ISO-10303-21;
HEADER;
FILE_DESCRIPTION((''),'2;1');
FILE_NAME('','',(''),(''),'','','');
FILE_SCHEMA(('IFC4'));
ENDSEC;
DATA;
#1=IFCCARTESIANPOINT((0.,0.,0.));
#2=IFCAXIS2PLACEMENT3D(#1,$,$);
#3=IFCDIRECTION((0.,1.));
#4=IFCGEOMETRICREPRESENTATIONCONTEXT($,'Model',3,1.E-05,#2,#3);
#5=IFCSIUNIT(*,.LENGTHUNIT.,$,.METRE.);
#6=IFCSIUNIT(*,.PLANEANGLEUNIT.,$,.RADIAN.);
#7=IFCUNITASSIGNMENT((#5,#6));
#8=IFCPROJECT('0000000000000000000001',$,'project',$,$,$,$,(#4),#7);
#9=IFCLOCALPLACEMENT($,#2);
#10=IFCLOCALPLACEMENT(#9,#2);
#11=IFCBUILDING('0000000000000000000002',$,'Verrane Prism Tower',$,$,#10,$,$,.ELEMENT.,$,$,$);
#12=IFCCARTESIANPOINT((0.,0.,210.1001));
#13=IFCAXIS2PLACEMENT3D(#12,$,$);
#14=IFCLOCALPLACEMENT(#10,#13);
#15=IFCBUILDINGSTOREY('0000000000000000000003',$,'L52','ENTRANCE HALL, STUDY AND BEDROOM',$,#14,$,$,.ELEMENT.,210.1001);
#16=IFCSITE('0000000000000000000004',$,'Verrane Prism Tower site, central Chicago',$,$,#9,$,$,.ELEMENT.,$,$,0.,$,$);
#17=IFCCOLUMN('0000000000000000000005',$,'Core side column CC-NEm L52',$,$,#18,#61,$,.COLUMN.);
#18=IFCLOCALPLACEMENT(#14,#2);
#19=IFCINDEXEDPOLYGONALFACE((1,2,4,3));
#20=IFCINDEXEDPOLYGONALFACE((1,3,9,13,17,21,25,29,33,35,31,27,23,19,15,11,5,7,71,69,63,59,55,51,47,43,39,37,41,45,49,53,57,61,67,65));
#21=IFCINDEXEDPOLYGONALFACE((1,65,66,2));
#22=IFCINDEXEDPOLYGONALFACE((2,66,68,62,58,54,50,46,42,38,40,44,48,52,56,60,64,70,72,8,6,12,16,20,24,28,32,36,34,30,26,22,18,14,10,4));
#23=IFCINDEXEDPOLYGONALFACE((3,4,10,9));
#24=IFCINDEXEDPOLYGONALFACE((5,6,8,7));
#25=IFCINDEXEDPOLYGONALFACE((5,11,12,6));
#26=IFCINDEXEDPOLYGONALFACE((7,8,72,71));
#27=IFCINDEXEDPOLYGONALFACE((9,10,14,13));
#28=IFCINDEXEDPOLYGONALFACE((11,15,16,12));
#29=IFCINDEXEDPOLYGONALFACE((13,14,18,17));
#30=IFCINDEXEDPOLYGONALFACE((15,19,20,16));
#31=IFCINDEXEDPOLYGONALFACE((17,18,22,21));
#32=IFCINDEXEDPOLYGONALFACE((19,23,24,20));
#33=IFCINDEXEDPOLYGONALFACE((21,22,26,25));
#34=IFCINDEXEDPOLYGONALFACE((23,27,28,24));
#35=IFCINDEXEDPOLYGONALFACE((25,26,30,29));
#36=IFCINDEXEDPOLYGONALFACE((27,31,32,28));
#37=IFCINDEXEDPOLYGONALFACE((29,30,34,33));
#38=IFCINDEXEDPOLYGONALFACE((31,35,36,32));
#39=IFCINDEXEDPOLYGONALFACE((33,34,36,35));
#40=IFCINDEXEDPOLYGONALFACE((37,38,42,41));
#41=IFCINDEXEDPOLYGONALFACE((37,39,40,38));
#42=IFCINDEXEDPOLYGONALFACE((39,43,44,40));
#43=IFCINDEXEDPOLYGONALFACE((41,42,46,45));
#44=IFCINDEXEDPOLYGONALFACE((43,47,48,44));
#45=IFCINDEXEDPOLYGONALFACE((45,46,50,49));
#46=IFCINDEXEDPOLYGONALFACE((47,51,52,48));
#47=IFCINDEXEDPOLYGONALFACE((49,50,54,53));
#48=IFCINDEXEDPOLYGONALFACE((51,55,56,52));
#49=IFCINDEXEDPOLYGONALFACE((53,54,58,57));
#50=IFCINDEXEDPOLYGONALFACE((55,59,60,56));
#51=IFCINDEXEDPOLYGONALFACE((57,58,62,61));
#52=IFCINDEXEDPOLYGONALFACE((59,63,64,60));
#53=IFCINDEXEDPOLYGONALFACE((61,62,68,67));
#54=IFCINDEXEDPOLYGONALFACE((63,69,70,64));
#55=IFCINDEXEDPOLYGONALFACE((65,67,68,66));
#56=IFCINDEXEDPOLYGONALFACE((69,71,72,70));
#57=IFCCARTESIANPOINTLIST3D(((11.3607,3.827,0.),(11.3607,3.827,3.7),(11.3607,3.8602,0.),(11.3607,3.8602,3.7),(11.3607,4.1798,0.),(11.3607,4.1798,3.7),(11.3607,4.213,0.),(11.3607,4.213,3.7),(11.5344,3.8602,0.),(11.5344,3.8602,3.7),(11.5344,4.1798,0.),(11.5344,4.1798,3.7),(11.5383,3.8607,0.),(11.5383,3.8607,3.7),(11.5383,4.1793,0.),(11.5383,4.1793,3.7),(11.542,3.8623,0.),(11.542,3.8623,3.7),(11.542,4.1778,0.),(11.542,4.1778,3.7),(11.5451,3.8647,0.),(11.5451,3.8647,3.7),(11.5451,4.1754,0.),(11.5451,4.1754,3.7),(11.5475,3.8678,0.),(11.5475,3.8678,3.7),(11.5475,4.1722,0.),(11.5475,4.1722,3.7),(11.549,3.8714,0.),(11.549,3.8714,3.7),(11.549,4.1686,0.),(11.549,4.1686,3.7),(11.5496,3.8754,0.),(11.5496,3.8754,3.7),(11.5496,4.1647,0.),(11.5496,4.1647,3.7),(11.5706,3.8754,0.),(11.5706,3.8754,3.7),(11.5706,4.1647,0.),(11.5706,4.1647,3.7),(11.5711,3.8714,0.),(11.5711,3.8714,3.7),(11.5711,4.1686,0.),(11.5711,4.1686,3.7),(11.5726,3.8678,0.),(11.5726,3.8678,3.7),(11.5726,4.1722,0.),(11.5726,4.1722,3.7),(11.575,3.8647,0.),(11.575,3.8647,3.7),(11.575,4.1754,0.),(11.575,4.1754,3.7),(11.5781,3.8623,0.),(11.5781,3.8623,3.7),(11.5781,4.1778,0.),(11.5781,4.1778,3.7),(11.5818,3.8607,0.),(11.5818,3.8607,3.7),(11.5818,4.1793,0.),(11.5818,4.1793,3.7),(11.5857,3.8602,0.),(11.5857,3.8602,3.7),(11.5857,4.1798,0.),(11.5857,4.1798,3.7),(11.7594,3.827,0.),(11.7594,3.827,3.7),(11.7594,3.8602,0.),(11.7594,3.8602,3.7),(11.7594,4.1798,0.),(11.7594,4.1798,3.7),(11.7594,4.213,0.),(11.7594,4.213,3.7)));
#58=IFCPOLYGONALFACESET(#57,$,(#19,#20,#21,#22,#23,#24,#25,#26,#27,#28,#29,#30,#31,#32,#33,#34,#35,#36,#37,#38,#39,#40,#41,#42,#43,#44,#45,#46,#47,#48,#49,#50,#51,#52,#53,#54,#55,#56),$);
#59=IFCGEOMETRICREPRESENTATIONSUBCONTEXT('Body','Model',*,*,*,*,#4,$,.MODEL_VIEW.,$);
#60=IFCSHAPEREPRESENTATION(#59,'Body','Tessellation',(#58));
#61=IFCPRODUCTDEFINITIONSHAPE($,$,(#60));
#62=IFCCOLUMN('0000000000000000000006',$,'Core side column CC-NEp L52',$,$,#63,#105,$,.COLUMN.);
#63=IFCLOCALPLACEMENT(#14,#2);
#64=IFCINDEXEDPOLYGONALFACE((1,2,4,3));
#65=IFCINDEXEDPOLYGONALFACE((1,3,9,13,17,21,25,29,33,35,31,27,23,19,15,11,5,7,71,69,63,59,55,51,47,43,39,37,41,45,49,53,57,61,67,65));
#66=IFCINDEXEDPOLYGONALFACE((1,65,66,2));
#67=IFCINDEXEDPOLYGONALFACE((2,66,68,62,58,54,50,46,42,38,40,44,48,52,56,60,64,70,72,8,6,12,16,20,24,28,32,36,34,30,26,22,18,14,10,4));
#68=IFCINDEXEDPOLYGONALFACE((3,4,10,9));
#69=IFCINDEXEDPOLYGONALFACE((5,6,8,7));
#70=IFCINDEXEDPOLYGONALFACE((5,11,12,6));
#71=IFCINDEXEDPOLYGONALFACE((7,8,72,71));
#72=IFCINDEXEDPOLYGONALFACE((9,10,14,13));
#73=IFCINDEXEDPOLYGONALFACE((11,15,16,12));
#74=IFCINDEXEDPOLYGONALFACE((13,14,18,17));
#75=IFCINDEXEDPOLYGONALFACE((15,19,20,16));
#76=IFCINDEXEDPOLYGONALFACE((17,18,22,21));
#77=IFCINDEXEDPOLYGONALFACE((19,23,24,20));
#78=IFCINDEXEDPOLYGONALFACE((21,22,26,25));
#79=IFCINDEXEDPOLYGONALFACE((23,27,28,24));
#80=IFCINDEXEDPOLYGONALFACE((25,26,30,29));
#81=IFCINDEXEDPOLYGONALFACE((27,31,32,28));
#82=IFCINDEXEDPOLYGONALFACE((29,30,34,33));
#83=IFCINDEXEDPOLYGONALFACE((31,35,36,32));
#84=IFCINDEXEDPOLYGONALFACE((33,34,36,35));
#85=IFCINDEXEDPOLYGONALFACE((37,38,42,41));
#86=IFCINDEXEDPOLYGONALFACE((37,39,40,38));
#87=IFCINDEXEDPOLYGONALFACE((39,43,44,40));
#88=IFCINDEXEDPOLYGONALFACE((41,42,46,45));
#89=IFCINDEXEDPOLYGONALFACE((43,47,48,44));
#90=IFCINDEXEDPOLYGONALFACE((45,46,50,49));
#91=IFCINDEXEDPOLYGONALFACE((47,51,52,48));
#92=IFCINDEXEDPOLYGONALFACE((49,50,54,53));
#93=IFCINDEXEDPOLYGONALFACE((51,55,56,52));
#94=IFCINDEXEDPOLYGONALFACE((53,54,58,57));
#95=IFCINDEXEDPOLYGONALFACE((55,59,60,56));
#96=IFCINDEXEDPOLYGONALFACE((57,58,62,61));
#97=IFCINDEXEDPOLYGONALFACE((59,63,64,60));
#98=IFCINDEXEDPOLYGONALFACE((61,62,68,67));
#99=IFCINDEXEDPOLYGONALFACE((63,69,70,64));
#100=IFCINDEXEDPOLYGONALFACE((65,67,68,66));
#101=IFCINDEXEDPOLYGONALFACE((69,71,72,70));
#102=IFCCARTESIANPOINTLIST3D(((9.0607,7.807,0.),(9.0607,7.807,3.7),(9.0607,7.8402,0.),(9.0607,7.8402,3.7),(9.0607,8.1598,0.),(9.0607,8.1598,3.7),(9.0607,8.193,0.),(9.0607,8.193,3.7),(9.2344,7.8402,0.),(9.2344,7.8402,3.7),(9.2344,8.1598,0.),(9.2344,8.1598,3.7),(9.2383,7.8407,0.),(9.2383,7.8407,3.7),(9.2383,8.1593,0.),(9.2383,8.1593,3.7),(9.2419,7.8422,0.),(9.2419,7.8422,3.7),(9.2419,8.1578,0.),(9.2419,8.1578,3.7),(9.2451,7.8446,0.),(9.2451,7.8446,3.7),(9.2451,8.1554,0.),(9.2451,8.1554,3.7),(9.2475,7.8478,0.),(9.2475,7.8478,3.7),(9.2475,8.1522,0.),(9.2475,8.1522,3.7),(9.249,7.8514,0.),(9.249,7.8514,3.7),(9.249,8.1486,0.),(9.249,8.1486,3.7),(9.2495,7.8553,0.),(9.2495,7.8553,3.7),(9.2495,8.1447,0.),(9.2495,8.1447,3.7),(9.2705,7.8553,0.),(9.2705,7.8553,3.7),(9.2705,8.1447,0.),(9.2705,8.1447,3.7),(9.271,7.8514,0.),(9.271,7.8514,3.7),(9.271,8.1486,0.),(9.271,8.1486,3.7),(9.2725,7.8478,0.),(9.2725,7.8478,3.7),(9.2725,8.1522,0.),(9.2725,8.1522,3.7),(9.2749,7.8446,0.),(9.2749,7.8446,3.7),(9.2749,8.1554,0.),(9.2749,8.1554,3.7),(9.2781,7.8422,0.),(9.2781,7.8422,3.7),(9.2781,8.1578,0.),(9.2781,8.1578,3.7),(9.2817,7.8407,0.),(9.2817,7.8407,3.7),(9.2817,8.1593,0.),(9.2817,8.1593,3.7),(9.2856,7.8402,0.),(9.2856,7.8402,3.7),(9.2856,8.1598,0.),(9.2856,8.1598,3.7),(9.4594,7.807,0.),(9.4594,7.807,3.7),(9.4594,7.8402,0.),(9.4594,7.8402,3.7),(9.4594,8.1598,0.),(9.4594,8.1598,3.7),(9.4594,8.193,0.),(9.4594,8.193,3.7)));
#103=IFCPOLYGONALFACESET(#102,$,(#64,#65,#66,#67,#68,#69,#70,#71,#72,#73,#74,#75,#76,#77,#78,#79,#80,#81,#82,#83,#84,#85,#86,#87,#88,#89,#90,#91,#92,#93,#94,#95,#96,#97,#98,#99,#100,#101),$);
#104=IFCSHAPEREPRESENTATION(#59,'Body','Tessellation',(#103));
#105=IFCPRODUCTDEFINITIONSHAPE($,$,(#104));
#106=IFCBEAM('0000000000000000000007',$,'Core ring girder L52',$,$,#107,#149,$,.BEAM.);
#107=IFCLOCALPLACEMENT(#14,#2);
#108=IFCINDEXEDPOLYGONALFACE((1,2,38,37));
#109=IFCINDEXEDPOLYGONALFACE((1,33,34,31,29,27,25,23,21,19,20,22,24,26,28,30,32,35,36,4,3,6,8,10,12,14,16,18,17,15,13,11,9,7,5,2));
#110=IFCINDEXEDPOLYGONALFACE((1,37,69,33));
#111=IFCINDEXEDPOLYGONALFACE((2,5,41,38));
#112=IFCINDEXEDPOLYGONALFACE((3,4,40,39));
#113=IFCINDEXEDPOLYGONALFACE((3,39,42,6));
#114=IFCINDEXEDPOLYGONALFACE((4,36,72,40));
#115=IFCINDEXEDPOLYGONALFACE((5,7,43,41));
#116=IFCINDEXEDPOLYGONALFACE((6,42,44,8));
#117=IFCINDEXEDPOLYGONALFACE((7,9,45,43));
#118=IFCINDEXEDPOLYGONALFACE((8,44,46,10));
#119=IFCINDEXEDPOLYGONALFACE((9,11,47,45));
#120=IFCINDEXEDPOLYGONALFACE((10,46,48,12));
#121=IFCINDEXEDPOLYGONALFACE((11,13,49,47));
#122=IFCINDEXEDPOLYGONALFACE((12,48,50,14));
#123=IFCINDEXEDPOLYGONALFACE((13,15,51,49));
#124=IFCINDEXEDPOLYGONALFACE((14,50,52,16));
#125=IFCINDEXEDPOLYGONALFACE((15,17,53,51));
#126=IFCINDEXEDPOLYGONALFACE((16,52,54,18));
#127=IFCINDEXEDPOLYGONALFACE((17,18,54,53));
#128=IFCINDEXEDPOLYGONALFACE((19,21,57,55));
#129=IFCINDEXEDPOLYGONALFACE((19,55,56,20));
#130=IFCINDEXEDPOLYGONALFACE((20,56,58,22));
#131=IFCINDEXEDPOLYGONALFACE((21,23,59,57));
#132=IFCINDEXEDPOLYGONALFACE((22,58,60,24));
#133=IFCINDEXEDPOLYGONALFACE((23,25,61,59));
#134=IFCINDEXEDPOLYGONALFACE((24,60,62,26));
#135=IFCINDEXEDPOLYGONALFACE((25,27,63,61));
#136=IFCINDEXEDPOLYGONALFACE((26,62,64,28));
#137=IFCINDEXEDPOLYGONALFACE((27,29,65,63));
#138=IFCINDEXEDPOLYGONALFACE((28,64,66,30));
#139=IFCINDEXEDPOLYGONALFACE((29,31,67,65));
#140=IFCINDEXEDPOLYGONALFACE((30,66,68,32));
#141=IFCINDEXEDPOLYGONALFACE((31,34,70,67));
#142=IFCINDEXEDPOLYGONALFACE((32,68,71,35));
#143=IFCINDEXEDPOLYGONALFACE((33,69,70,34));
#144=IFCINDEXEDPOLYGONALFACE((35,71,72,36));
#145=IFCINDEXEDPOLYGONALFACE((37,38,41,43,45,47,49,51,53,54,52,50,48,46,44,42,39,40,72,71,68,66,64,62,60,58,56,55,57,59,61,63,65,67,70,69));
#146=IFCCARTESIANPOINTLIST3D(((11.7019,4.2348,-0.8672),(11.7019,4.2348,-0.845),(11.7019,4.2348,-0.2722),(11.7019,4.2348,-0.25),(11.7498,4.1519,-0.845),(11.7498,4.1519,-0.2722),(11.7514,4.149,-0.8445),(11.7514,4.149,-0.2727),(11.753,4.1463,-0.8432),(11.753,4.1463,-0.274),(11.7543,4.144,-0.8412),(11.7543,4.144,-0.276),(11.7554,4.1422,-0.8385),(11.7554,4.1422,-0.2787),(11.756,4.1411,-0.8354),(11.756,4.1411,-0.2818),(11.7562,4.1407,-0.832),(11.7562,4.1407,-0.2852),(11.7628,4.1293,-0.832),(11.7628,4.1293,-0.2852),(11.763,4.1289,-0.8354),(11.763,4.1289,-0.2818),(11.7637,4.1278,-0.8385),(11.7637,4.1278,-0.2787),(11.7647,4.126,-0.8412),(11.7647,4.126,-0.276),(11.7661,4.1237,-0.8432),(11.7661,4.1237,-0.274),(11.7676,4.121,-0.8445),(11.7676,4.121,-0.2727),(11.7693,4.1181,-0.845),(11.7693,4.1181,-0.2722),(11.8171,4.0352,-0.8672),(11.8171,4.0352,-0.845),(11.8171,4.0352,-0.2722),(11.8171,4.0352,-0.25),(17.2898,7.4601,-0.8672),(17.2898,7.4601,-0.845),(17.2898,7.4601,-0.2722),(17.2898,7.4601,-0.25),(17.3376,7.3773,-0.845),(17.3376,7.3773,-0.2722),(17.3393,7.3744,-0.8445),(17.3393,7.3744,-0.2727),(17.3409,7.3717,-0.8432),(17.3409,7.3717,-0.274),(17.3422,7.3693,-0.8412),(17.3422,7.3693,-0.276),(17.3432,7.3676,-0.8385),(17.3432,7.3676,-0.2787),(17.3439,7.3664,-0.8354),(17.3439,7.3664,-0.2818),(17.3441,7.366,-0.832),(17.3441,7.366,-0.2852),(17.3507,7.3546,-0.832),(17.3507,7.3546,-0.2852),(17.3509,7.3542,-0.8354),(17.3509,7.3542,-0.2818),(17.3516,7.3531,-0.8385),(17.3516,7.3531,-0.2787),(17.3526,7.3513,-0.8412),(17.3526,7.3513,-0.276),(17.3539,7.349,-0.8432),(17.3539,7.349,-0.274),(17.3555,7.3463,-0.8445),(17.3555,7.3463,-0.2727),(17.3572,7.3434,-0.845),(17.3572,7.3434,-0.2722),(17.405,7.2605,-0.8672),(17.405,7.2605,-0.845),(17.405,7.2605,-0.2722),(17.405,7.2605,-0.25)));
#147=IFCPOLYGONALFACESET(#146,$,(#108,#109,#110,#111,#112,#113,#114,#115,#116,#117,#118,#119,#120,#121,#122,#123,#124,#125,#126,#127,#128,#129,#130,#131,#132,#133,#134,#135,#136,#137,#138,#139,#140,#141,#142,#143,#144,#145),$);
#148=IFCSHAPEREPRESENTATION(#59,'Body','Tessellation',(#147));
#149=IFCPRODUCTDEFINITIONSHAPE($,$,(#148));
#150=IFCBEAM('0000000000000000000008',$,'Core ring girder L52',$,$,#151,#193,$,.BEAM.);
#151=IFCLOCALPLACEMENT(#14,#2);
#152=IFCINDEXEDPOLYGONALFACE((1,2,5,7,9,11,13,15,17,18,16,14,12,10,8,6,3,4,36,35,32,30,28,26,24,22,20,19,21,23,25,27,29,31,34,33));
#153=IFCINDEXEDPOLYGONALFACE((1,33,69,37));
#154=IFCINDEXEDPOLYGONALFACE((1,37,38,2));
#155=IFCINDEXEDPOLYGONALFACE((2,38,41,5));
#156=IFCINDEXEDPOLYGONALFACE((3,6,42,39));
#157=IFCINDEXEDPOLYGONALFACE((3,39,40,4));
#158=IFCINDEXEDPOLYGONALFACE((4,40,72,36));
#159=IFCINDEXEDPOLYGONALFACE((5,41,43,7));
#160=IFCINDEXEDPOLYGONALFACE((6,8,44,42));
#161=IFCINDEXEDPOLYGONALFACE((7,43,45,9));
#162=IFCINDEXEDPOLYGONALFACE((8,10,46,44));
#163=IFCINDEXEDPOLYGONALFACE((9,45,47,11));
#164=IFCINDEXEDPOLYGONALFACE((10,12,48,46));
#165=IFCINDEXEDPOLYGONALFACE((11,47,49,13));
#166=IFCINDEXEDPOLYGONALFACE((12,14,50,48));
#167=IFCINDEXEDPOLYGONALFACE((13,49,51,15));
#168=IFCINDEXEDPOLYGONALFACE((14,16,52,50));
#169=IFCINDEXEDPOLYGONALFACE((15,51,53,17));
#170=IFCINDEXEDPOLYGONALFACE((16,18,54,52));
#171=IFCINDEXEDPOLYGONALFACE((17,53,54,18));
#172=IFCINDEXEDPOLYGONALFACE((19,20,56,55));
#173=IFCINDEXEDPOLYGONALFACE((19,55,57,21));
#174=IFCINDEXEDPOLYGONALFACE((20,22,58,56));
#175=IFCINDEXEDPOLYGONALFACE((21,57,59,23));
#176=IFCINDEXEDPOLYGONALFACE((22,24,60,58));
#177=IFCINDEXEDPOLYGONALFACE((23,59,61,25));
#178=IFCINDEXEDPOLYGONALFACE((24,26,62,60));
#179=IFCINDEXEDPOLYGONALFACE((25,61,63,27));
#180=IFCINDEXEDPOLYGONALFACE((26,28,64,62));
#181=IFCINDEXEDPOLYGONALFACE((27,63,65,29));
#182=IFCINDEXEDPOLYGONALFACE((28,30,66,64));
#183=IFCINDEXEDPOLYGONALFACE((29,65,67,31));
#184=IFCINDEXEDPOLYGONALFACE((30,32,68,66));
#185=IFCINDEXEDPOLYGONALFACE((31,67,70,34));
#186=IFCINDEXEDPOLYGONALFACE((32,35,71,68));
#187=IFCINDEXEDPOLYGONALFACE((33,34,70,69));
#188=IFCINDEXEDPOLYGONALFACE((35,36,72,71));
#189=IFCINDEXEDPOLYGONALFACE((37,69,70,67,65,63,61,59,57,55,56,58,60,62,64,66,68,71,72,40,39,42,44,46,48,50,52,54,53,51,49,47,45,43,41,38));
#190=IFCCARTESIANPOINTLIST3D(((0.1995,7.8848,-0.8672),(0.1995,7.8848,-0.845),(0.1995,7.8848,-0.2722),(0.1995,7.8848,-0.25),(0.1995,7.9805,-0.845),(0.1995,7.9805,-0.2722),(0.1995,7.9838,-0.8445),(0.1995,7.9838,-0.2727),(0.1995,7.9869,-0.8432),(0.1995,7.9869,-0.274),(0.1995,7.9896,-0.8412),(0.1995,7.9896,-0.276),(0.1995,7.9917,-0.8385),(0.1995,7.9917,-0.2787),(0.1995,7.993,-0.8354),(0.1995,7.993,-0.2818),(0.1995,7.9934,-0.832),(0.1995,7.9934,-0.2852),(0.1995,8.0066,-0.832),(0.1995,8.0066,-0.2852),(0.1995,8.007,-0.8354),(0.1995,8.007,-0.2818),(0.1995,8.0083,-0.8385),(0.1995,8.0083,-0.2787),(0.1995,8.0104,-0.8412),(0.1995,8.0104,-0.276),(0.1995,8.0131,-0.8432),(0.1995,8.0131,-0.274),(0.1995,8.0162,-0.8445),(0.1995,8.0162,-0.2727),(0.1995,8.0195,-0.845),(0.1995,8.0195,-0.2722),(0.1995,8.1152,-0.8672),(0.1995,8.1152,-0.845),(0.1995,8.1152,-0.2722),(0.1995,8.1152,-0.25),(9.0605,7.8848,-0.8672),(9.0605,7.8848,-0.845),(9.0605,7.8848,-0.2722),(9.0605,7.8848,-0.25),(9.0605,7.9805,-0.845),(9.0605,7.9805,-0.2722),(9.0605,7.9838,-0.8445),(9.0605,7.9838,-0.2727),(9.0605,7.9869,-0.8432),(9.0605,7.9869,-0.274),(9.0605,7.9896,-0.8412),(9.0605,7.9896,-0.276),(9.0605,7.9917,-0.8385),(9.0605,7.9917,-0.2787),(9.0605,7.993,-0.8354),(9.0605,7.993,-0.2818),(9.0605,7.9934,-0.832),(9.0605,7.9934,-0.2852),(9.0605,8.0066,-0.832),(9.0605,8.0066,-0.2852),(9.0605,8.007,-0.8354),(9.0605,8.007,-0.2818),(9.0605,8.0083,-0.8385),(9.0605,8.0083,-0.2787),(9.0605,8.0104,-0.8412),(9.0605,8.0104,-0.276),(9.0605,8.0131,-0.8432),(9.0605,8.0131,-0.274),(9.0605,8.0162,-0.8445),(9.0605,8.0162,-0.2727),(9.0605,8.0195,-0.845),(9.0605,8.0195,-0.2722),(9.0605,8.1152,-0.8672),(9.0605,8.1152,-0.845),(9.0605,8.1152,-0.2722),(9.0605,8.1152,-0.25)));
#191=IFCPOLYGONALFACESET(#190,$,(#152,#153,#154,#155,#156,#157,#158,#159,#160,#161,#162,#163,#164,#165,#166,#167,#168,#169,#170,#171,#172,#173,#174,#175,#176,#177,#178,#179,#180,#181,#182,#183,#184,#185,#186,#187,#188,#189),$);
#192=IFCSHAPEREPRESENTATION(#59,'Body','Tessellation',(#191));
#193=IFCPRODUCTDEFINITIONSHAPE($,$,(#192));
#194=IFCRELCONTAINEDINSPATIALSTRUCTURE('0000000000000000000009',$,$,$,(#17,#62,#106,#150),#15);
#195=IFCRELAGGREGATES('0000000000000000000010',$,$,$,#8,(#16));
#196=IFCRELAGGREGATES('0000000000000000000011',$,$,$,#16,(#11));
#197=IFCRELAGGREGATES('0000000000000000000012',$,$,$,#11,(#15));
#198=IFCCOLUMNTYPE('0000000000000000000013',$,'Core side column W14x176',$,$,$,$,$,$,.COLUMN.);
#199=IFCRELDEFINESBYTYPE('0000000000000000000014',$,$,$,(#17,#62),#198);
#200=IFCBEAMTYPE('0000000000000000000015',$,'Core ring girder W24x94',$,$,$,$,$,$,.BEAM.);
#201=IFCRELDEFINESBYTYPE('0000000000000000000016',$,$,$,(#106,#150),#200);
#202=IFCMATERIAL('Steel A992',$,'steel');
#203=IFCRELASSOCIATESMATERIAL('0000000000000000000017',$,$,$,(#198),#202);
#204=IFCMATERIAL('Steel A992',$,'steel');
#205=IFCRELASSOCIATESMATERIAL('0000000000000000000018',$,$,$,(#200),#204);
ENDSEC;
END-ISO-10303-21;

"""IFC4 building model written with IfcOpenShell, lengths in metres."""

from ifc_helpers import new_model, si_unit, direction, frame, origin, origin_2d, place, context, subcontext, project, spatial, i_section, extrude, material, material_profile, profile_set, type_object, element, save


model = new_model("IFC4")

# Units and contexts
model_context = context("Model", 3, precision=1e-05, world=origin(), true_north=direction((0.0, 1.0)))
body_context = subcontext(model_context, "Body", "Model", "MODEL_VIEW")
ifc_project = project(units=[si_unit("LENGTHUNIT", "METRE"), si_unit("PLANEANGLEUNIT", "RADIAN")], contexts=[model_context])

# Site, building, storey
site_placement = place(None, origin())
site = spatial("IfcSite", under=ifc_project, at=site_placement, Name="Verrane Prism Tower site, central Chicago", CompositionType="ELEMENT", RefElevation=0.0)
building_placement = place(site_placement, origin())
building = spatial("IfcBuilding", under=site, at=building_placement, Name="Verrane Prism Tower", CompositionType="ELEMENT")
storey_placement = place(building_placement, frame((0.0, 0.0, 210.1001)))
storey = spatial("IfcBuildingStorey", under=building, at=storey_placement, Name="L52", Description="ENTRANCE HALL, STUDY AND BEDROOM", CompositionType="ELEMENT", Elevation=210.1001)

# Columns
ifc_material_1 = material(Name="Steel A992", Category="steel")
ifc_material_profile_1 = material_profile(ifc_material_1, i_section(OverallWidth=0.3987, OverallDepth=0.386, WebThickness=0.021, FlangeThickness=0.0332, FilletRadius=0.0151, at=origin_2d()), Name="W14x176")
ifc_profile_set_1 = profile_set([ifc_material_profile_1], Name="Steel A992")
column_type = type_object("IfcColumnType", Name="Core side column W14x176", PredefinedType="COLUMN", material=ifc_profile_set_1)
for number, where, z_axis, x_axis, name in (
    (1, (11.5601, 4.02, 0.0), (0.0, 0.0, 1.0), (1.0, 0.0, 0.0), "Core side column CC-NEm L52"),
    (2, (9.26, 8.0, 0.0), (0.0, 0.0, 1.0), (1.0, 0.0, 0.0), "Core side column CC-NEp L52"),
):
    element("IfcColumn", number, at=place(storey_placement, frame(where, z_axis=z_axis, x_axis=x_axis)), inside=storey, type_object=column_type, Name=name, PredefinedType="COLUMN", context=body_context, shape_type="SweptSolid", body=[
        extrude(i_section(OverallWidth=0.3987, OverallDepth=0.386, WebThickness=0.021, FlangeThickness=0.0332, FilletRadius=0.0151, at=origin_2d()), origin(), (0.0, 0.0, 1.0), 3.7),
    ])

# Beams
ifc_material_2 = material(Name="Steel A992", Category="steel")
ifc_material_profile_2 = material_profile(ifc_material_2, i_section(OverallWidth=0.2305, OverallDepth=0.6172, WebThickness=0.0132, FlangeThickness=0.0222, FilletRadius=0.0129, at=origin_2d()), Name="W24x94")
ifc_profile_set_2 = profile_set([ifc_material_profile_2], Name="Steel A992")
beam_type = type_object("IfcBeamType", Name="Core ring girder W24x94", PredefinedType="BEAM", material=ifc_profile_set_2)
beam_1_placement = place(storey_placement, frame((11.7595, 4.135, -0.5586), z_axis=(0.866081, 0.499904, 0.0), x_axis=(-0.499904, 0.866081, 0.0)))
element("IfcBeam", 3, at=beam_1_placement, inside=storey, type_object=beam_type, Name="Core ring girder L52", PredefinedType="BEAM", context=body_context, shape_type="SweptSolid", body=[
    extrude(i_section(OverallWidth=0.2305, OverallDepth=0.6172, WebThickness=0.0132, FlangeThickness=0.0222, FilletRadius=0.0129, at=origin_2d()), origin(), (0.0, 0.0, 1.0), 6.4519),
])
beam_2_placement = place(storey_placement, frame((9.0605, 8.0, -0.5586), z_axis=(-1.0, 0.0, 0.0), x_axis=(0.0, -1.0, 0.0)))
element("IfcBeam", 4, at=beam_2_placement, inside=storey, type_object=beam_type, Name="Core ring girder L52", PredefinedType="BEAM", context=body_context, shape_type="SweptSolid", body=[
    extrude(i_section(OverallWidth=0.2305, OverallDepth=0.6172, WebThickness=0.0132, FlangeThickness=0.0222, FilletRadius=0.0129, at=origin_2d()), origin(), (0.0, 0.0, 1.0), 8.8611),
])

save(model, "model.ifc")
